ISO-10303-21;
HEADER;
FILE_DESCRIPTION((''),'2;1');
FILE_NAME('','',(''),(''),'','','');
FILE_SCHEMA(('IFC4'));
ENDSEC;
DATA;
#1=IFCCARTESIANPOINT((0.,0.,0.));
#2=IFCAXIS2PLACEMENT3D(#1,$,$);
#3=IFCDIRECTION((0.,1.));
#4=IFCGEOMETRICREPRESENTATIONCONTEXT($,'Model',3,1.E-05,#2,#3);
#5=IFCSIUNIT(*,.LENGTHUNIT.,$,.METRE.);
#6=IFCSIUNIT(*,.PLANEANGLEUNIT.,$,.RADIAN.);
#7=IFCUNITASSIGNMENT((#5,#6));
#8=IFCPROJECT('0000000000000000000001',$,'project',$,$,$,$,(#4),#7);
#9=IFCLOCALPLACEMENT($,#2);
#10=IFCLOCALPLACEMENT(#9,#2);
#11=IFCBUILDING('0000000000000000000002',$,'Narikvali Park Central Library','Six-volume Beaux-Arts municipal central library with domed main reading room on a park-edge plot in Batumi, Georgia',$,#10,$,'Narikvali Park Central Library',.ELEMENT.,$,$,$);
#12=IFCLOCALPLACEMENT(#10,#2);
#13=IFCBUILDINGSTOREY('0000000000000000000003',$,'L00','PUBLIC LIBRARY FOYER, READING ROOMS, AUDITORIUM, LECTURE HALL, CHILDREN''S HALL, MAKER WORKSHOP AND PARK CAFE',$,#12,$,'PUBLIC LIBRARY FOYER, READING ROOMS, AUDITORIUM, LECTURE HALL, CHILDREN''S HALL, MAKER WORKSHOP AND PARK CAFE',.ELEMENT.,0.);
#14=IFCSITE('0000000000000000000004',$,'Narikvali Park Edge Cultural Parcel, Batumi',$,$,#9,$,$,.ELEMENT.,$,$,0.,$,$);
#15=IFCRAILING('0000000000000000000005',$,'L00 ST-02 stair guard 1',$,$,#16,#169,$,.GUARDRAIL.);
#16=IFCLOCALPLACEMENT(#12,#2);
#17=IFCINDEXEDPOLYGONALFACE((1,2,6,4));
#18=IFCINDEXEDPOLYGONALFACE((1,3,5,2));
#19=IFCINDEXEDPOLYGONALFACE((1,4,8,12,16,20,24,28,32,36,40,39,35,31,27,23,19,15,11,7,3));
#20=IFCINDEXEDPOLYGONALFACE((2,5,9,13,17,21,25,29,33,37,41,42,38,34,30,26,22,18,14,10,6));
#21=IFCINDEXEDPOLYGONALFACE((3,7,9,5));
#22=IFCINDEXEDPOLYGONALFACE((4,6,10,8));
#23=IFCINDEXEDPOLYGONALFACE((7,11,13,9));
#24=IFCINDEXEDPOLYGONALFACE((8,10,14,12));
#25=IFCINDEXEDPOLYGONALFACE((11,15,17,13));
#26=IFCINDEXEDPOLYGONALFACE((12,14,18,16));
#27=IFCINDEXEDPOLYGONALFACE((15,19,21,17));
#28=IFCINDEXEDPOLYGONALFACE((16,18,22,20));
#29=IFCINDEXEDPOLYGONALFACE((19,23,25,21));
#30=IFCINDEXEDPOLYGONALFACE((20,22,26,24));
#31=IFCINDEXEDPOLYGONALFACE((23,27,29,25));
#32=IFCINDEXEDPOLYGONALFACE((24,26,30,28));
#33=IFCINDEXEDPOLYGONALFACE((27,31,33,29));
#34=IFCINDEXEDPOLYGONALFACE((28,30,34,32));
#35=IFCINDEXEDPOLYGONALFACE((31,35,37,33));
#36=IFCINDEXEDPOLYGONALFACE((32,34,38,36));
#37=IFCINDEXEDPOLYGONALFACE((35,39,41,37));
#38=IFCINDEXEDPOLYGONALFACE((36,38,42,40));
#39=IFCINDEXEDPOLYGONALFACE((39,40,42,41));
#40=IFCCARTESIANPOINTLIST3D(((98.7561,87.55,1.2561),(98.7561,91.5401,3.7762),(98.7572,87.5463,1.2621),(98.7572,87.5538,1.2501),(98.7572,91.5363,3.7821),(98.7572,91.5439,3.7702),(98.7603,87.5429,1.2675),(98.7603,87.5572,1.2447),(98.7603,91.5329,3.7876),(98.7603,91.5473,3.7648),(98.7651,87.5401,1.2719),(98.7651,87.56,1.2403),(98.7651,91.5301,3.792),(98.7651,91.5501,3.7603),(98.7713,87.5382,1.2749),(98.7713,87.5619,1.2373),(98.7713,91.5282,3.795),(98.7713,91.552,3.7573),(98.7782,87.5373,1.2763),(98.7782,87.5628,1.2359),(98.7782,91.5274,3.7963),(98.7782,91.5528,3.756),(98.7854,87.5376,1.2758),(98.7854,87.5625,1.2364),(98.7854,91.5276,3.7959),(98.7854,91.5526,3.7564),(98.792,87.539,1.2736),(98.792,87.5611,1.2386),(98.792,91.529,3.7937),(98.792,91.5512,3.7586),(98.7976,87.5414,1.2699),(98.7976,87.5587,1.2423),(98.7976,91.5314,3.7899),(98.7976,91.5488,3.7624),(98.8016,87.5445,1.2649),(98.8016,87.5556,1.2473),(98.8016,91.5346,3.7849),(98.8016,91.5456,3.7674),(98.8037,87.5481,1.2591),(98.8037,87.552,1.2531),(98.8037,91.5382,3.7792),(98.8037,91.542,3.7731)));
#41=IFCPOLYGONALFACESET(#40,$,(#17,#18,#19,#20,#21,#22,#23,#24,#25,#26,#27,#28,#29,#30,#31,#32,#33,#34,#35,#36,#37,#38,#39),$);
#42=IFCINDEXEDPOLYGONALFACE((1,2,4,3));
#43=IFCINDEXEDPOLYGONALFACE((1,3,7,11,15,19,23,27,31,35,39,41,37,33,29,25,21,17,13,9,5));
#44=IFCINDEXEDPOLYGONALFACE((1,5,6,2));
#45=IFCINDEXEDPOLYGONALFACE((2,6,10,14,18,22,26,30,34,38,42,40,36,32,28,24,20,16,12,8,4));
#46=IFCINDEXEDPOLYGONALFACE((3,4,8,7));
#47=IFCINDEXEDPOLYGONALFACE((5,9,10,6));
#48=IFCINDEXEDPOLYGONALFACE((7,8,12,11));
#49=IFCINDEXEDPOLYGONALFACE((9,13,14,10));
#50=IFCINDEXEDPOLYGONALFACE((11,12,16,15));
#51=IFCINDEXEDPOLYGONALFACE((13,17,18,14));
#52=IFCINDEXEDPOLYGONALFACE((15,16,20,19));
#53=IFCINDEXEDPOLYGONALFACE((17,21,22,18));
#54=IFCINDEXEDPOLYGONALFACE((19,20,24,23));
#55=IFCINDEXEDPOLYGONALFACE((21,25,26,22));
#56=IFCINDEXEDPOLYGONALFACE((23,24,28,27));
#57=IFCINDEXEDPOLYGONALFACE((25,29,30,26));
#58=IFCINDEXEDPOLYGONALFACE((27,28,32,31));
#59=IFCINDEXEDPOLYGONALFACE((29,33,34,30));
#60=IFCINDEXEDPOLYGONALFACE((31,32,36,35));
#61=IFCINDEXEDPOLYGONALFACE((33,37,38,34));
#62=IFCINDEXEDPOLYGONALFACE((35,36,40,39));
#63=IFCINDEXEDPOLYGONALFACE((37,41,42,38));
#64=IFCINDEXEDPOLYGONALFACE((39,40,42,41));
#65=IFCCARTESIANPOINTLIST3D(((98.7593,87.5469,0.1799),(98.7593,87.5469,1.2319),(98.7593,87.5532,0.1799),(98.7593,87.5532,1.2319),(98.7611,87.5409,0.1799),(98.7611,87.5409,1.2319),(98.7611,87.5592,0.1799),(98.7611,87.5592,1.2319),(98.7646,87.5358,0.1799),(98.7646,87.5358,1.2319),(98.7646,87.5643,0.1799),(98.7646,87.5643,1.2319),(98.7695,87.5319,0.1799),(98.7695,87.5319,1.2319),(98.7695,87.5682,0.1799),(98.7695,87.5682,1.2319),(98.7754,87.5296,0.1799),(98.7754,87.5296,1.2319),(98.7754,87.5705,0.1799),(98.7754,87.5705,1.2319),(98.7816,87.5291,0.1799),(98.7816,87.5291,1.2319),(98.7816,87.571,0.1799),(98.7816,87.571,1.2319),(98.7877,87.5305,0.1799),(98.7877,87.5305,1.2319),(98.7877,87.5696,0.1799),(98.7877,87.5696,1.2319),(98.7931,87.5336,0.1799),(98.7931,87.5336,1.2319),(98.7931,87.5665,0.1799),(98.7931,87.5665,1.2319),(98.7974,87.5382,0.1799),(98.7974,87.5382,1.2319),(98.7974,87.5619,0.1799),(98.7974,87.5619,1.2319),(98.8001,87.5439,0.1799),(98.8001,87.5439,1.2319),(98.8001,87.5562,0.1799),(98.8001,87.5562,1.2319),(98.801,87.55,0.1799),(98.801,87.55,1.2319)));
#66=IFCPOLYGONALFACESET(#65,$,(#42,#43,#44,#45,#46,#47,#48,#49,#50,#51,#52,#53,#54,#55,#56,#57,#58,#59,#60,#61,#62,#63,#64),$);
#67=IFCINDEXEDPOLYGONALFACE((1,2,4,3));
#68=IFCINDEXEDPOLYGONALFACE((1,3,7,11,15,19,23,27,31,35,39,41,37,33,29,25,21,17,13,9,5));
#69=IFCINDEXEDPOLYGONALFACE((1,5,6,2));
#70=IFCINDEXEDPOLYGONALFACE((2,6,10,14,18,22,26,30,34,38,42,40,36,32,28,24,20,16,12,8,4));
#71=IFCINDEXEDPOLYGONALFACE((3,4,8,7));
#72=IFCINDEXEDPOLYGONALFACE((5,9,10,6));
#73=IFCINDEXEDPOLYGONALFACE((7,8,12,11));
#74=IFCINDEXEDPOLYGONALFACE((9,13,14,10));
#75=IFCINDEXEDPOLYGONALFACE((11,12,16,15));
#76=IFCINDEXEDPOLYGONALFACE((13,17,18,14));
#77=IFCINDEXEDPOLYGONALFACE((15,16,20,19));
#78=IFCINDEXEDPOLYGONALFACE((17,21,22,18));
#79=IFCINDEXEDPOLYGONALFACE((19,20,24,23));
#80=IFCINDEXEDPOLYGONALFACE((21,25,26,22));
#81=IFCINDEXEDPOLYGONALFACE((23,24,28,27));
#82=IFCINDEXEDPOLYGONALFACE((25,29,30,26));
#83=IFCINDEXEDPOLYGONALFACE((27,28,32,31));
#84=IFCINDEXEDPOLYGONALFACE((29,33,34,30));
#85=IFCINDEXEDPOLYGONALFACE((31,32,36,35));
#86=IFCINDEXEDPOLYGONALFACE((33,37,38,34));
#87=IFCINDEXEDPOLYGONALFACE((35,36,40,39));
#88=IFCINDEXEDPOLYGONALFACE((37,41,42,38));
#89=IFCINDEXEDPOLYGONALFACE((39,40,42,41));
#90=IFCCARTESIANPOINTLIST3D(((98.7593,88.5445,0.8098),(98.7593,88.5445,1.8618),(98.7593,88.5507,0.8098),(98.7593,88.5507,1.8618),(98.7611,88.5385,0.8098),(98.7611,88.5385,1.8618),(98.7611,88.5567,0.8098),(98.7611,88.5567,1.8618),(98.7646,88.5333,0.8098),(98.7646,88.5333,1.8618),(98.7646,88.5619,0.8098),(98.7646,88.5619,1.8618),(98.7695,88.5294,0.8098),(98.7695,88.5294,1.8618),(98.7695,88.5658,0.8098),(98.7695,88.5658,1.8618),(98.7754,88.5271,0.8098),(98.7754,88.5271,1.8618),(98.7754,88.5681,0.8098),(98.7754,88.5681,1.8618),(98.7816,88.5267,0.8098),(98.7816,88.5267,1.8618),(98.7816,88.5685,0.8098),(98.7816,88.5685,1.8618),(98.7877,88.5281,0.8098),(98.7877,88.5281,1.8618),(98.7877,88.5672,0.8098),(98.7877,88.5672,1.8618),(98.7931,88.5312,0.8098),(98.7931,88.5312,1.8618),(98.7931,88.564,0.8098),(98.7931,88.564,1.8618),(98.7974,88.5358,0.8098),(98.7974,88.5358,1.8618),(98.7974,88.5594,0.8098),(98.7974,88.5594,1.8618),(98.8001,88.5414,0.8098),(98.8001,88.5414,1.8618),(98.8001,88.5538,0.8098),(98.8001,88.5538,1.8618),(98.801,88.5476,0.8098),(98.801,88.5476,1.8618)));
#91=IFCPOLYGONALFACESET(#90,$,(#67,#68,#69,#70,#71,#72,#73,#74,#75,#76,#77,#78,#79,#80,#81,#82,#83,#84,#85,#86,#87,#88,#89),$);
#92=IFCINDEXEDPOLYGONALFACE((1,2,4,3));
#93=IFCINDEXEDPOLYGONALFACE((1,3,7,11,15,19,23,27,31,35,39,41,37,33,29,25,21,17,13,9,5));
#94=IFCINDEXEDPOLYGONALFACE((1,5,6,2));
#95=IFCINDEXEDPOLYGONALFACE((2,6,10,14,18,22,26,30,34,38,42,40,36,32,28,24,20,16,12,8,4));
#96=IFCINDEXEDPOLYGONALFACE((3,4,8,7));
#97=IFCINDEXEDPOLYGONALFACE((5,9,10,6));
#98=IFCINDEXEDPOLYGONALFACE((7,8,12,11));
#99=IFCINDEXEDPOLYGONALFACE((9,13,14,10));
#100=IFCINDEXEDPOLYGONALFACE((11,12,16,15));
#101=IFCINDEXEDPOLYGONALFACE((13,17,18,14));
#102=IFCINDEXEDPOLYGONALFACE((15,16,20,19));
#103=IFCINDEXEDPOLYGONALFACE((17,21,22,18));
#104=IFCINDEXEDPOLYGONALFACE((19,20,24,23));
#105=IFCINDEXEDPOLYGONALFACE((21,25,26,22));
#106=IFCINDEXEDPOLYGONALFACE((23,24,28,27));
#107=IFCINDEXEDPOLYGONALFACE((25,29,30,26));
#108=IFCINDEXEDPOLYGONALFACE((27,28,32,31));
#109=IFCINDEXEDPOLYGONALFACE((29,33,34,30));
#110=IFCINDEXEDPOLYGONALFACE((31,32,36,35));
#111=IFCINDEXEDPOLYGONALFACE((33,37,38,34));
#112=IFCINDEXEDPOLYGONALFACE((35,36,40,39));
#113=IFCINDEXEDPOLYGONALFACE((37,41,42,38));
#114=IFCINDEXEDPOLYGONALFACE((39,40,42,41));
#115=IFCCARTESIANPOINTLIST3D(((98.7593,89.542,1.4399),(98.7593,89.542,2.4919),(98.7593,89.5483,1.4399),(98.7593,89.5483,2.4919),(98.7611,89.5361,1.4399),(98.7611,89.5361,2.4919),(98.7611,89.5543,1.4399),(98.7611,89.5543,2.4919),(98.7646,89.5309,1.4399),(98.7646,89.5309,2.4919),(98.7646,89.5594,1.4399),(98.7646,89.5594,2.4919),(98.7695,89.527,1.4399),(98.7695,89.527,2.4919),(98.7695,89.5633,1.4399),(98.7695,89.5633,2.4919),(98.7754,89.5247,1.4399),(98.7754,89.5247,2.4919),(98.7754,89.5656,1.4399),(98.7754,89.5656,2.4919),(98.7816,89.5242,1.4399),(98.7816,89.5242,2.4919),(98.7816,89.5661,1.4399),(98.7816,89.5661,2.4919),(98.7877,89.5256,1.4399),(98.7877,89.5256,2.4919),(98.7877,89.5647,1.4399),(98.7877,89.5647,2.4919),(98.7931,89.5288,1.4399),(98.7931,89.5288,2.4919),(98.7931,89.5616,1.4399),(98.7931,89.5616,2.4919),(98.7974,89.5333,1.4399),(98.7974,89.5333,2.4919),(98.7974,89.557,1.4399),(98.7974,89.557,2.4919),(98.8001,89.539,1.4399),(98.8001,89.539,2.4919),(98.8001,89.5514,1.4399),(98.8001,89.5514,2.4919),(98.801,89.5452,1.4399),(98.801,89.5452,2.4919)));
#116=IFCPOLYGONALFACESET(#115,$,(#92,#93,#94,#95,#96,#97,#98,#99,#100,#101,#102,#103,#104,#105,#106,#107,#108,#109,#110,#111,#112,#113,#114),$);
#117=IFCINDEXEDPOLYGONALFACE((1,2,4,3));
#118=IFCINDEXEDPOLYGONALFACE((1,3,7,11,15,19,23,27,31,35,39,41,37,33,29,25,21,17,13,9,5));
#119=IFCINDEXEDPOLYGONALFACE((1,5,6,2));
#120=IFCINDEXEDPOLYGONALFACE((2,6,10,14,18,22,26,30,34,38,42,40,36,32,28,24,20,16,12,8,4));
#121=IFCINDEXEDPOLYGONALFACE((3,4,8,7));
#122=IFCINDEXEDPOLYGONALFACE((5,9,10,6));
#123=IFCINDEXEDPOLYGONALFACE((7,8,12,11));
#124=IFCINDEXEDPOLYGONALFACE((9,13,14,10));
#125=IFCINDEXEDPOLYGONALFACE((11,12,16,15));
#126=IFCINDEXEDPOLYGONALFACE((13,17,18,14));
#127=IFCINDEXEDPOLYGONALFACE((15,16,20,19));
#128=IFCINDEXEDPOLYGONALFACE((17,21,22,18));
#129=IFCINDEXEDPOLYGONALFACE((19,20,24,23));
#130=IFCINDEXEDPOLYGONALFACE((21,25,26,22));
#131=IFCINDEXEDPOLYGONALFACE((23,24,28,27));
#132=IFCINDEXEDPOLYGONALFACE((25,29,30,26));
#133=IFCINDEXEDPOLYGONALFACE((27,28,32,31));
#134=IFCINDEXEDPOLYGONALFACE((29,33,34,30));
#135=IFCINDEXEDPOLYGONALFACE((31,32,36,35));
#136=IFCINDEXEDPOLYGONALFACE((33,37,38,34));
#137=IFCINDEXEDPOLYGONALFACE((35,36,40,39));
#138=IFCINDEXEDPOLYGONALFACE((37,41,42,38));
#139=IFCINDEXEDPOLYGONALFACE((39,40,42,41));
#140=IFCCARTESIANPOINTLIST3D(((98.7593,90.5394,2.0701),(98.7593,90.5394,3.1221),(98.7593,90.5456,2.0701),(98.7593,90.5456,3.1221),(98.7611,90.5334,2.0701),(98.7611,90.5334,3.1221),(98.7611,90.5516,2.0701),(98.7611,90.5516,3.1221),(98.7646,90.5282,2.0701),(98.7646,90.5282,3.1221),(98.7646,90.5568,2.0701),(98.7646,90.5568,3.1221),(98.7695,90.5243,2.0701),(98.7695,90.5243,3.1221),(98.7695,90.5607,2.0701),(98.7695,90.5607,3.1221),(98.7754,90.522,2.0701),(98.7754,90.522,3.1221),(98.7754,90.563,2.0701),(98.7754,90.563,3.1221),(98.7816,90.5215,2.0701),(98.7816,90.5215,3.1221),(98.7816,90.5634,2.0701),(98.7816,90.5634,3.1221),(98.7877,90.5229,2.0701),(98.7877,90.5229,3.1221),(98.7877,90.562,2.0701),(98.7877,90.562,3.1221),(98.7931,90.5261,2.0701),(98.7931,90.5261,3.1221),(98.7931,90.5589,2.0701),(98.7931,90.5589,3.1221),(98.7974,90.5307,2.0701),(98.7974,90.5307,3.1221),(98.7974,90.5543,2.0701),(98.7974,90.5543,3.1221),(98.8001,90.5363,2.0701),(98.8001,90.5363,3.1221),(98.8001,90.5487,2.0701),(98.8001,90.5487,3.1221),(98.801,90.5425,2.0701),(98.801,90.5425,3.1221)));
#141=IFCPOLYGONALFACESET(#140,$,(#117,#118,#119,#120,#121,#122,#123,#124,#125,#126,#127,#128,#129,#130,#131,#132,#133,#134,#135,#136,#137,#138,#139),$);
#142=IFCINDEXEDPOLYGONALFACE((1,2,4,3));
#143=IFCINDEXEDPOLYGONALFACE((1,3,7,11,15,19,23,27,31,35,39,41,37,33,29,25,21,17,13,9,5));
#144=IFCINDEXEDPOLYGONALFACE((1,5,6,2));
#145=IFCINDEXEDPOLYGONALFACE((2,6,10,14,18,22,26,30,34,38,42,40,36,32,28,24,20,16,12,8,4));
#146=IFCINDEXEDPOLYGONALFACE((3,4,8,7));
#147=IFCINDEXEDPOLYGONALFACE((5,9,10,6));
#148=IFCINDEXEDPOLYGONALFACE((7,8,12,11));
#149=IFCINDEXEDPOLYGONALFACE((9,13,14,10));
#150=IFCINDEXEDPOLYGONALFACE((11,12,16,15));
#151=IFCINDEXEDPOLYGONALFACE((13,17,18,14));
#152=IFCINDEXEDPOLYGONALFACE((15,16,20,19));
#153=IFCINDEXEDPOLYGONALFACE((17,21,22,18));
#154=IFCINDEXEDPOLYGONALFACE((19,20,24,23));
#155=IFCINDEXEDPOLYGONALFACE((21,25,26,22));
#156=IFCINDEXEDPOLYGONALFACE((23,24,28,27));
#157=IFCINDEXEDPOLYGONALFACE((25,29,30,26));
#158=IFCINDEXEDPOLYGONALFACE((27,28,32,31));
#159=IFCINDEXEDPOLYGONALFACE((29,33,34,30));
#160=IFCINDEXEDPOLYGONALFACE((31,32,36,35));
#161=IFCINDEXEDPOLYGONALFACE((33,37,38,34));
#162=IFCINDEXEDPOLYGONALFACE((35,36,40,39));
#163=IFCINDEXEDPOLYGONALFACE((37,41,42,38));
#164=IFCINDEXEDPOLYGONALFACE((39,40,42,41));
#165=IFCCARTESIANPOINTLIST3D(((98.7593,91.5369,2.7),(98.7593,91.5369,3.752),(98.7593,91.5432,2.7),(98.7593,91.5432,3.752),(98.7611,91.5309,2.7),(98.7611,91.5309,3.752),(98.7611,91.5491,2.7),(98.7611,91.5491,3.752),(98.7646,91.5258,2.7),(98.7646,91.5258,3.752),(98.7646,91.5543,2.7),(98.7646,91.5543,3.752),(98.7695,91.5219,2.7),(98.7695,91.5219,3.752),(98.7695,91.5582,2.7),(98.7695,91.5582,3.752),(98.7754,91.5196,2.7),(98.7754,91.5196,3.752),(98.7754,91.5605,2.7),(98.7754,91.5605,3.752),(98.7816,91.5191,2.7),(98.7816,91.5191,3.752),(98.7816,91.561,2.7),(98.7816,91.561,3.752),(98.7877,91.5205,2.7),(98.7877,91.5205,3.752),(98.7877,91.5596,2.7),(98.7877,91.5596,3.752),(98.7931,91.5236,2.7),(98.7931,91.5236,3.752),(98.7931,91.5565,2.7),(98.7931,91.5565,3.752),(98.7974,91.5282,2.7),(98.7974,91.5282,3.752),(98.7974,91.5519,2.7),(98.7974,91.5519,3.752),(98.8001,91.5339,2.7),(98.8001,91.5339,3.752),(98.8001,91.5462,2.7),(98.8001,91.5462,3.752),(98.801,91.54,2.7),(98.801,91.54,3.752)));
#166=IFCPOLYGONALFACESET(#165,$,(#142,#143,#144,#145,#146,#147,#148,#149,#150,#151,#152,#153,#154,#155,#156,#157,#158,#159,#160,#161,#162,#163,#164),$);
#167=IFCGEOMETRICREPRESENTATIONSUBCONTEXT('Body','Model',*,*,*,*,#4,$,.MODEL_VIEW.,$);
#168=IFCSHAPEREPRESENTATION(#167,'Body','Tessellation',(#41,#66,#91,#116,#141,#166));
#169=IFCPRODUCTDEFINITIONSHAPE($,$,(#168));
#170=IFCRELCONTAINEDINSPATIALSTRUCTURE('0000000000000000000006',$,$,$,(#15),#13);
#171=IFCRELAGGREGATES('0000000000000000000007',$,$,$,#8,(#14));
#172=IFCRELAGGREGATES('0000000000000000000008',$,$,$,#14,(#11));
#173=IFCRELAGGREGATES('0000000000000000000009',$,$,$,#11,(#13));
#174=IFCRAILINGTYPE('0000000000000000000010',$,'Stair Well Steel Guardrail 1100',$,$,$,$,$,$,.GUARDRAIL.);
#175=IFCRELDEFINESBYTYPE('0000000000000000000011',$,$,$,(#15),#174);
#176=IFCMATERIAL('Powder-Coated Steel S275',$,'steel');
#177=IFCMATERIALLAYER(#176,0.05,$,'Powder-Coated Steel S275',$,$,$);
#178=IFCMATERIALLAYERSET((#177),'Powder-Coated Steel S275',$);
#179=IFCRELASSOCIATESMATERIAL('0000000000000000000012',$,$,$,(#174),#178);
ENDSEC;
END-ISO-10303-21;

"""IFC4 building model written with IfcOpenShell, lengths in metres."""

from ifc_helpers import new_model, si_unit, direction, frame, origin, origin_2d, place, context, subcontext, project, spatial, circle, extrude, material, layer, layer_set, type_object, element, save


model = new_model("IFC4")

# Units and contexts
model_context = context("Model", 3, precision=1e-05, world=origin(), true_north=direction((0.0, 1.0)))
body_context = subcontext(model_context, "Body", "Model", "MODEL_VIEW")
ifc_project = project(units=[si_unit("LENGTHUNIT", "METRE"), si_unit("PLANEANGLEUNIT", "RADIAN")], contexts=[model_context])

# Site, building, storey
site_placement = place(None, origin())
site = spatial("IfcSite", under=ifc_project, at=site_placement, Name="Narikvali Park Edge Cultural Parcel, Batumi", CompositionType="ELEMENT", RefElevation=0.0)
building_placement = place(site_placement, origin())
building = spatial("IfcBuilding", under=site, at=building_placement, Name="Narikvali Park Central Library", Description="Six-volume Beaux-Arts municipal central library with domed main reading room on a park-edge plot in Batumi, Georgia", LongName="Narikvali Park Central Library", CompositionType="ELEMENT")
storey_placement = place(building_placement, origin())
storey = spatial("IfcBuildingStorey", under=building, at=storey_placement, Name="L00", Description="PUBLIC LIBRARY FOYER, READING ROOMS, AUDITORIUM, LECTURE HALL, CHILDREN'S HALL, MAKER WORKSHOP AND PARK CAFE", LongName="PUBLIC LIBRARY FOYER, READING ROOMS, AUDITORIUM, LECTURE HALL, CHILDREN'S HALL, MAKER WORKSHOP AND PARK CAFE", CompositionType="ELEMENT", Elevation=0.0)

# Railing
ifc_material_1 = material(Name="Powder-Coated Steel S275", Category="steel")
ifc_layer_1 = layer(ifc_material_1, 0.05, Name="Powder-Coated Steel S275")
ifc_layer_set_1 = layer_set([ifc_layer_1], Name="Powder-Coated Steel S275")
railing_type_1 = type_object("IfcRailingType", Name="Stair Well Steel Guardrail 1100", PredefinedType="GUARDRAIL", material=ifc_layer_set_1)
railing_1_placement = place(storey_placement, frame((98.78, 87.55, 0.1799)))
element("IfcRailing", 1, at=railing_1_placement, inside=storey, type_object=railing_type_1, Name="L00 ST-02 stair guard 1", PredefinedType="GUARDRAIL", context=body_context, shape_type="SweptSolid", body=[
    extrude(circle(Radius=0.0239, at=origin_2d()), frame((0.0, 0.0, 1.0762), z_axis=(0.0, 0.845486, 0.533997), x_axis=(-1.0, 0.0, 0.0)), (0.0, 0.0, 1.0), 4.7192),
    extrude(circle(Radius=0.021, at=origin_2d()), origin(), (0.0, 0.0, 1.0), 1.052),
    extrude(circle(Radius=0.021, at=origin_2d()), frame((0.0, 0.9976, 0.6299)), (0.0, 0.0, 1.0), 1.052),
    extrude(circle(Radius=0.021, at=origin_2d()), frame((0.0, 1.9951, 1.26)), (0.0, 0.0, 1.0), 1.052),
    extrude(circle(Radius=0.021, at=origin_2d()), frame((0.0, 2.9924, 1.8901)), (0.0, 0.0, 1.0), 1.052),
    extrude(circle(Radius=0.021, at=origin_2d()), frame((0.0, 3.99, 2.52)), (0.0, 0.0, 1.0), 1.052),
])

save(model, "model.ifc")
